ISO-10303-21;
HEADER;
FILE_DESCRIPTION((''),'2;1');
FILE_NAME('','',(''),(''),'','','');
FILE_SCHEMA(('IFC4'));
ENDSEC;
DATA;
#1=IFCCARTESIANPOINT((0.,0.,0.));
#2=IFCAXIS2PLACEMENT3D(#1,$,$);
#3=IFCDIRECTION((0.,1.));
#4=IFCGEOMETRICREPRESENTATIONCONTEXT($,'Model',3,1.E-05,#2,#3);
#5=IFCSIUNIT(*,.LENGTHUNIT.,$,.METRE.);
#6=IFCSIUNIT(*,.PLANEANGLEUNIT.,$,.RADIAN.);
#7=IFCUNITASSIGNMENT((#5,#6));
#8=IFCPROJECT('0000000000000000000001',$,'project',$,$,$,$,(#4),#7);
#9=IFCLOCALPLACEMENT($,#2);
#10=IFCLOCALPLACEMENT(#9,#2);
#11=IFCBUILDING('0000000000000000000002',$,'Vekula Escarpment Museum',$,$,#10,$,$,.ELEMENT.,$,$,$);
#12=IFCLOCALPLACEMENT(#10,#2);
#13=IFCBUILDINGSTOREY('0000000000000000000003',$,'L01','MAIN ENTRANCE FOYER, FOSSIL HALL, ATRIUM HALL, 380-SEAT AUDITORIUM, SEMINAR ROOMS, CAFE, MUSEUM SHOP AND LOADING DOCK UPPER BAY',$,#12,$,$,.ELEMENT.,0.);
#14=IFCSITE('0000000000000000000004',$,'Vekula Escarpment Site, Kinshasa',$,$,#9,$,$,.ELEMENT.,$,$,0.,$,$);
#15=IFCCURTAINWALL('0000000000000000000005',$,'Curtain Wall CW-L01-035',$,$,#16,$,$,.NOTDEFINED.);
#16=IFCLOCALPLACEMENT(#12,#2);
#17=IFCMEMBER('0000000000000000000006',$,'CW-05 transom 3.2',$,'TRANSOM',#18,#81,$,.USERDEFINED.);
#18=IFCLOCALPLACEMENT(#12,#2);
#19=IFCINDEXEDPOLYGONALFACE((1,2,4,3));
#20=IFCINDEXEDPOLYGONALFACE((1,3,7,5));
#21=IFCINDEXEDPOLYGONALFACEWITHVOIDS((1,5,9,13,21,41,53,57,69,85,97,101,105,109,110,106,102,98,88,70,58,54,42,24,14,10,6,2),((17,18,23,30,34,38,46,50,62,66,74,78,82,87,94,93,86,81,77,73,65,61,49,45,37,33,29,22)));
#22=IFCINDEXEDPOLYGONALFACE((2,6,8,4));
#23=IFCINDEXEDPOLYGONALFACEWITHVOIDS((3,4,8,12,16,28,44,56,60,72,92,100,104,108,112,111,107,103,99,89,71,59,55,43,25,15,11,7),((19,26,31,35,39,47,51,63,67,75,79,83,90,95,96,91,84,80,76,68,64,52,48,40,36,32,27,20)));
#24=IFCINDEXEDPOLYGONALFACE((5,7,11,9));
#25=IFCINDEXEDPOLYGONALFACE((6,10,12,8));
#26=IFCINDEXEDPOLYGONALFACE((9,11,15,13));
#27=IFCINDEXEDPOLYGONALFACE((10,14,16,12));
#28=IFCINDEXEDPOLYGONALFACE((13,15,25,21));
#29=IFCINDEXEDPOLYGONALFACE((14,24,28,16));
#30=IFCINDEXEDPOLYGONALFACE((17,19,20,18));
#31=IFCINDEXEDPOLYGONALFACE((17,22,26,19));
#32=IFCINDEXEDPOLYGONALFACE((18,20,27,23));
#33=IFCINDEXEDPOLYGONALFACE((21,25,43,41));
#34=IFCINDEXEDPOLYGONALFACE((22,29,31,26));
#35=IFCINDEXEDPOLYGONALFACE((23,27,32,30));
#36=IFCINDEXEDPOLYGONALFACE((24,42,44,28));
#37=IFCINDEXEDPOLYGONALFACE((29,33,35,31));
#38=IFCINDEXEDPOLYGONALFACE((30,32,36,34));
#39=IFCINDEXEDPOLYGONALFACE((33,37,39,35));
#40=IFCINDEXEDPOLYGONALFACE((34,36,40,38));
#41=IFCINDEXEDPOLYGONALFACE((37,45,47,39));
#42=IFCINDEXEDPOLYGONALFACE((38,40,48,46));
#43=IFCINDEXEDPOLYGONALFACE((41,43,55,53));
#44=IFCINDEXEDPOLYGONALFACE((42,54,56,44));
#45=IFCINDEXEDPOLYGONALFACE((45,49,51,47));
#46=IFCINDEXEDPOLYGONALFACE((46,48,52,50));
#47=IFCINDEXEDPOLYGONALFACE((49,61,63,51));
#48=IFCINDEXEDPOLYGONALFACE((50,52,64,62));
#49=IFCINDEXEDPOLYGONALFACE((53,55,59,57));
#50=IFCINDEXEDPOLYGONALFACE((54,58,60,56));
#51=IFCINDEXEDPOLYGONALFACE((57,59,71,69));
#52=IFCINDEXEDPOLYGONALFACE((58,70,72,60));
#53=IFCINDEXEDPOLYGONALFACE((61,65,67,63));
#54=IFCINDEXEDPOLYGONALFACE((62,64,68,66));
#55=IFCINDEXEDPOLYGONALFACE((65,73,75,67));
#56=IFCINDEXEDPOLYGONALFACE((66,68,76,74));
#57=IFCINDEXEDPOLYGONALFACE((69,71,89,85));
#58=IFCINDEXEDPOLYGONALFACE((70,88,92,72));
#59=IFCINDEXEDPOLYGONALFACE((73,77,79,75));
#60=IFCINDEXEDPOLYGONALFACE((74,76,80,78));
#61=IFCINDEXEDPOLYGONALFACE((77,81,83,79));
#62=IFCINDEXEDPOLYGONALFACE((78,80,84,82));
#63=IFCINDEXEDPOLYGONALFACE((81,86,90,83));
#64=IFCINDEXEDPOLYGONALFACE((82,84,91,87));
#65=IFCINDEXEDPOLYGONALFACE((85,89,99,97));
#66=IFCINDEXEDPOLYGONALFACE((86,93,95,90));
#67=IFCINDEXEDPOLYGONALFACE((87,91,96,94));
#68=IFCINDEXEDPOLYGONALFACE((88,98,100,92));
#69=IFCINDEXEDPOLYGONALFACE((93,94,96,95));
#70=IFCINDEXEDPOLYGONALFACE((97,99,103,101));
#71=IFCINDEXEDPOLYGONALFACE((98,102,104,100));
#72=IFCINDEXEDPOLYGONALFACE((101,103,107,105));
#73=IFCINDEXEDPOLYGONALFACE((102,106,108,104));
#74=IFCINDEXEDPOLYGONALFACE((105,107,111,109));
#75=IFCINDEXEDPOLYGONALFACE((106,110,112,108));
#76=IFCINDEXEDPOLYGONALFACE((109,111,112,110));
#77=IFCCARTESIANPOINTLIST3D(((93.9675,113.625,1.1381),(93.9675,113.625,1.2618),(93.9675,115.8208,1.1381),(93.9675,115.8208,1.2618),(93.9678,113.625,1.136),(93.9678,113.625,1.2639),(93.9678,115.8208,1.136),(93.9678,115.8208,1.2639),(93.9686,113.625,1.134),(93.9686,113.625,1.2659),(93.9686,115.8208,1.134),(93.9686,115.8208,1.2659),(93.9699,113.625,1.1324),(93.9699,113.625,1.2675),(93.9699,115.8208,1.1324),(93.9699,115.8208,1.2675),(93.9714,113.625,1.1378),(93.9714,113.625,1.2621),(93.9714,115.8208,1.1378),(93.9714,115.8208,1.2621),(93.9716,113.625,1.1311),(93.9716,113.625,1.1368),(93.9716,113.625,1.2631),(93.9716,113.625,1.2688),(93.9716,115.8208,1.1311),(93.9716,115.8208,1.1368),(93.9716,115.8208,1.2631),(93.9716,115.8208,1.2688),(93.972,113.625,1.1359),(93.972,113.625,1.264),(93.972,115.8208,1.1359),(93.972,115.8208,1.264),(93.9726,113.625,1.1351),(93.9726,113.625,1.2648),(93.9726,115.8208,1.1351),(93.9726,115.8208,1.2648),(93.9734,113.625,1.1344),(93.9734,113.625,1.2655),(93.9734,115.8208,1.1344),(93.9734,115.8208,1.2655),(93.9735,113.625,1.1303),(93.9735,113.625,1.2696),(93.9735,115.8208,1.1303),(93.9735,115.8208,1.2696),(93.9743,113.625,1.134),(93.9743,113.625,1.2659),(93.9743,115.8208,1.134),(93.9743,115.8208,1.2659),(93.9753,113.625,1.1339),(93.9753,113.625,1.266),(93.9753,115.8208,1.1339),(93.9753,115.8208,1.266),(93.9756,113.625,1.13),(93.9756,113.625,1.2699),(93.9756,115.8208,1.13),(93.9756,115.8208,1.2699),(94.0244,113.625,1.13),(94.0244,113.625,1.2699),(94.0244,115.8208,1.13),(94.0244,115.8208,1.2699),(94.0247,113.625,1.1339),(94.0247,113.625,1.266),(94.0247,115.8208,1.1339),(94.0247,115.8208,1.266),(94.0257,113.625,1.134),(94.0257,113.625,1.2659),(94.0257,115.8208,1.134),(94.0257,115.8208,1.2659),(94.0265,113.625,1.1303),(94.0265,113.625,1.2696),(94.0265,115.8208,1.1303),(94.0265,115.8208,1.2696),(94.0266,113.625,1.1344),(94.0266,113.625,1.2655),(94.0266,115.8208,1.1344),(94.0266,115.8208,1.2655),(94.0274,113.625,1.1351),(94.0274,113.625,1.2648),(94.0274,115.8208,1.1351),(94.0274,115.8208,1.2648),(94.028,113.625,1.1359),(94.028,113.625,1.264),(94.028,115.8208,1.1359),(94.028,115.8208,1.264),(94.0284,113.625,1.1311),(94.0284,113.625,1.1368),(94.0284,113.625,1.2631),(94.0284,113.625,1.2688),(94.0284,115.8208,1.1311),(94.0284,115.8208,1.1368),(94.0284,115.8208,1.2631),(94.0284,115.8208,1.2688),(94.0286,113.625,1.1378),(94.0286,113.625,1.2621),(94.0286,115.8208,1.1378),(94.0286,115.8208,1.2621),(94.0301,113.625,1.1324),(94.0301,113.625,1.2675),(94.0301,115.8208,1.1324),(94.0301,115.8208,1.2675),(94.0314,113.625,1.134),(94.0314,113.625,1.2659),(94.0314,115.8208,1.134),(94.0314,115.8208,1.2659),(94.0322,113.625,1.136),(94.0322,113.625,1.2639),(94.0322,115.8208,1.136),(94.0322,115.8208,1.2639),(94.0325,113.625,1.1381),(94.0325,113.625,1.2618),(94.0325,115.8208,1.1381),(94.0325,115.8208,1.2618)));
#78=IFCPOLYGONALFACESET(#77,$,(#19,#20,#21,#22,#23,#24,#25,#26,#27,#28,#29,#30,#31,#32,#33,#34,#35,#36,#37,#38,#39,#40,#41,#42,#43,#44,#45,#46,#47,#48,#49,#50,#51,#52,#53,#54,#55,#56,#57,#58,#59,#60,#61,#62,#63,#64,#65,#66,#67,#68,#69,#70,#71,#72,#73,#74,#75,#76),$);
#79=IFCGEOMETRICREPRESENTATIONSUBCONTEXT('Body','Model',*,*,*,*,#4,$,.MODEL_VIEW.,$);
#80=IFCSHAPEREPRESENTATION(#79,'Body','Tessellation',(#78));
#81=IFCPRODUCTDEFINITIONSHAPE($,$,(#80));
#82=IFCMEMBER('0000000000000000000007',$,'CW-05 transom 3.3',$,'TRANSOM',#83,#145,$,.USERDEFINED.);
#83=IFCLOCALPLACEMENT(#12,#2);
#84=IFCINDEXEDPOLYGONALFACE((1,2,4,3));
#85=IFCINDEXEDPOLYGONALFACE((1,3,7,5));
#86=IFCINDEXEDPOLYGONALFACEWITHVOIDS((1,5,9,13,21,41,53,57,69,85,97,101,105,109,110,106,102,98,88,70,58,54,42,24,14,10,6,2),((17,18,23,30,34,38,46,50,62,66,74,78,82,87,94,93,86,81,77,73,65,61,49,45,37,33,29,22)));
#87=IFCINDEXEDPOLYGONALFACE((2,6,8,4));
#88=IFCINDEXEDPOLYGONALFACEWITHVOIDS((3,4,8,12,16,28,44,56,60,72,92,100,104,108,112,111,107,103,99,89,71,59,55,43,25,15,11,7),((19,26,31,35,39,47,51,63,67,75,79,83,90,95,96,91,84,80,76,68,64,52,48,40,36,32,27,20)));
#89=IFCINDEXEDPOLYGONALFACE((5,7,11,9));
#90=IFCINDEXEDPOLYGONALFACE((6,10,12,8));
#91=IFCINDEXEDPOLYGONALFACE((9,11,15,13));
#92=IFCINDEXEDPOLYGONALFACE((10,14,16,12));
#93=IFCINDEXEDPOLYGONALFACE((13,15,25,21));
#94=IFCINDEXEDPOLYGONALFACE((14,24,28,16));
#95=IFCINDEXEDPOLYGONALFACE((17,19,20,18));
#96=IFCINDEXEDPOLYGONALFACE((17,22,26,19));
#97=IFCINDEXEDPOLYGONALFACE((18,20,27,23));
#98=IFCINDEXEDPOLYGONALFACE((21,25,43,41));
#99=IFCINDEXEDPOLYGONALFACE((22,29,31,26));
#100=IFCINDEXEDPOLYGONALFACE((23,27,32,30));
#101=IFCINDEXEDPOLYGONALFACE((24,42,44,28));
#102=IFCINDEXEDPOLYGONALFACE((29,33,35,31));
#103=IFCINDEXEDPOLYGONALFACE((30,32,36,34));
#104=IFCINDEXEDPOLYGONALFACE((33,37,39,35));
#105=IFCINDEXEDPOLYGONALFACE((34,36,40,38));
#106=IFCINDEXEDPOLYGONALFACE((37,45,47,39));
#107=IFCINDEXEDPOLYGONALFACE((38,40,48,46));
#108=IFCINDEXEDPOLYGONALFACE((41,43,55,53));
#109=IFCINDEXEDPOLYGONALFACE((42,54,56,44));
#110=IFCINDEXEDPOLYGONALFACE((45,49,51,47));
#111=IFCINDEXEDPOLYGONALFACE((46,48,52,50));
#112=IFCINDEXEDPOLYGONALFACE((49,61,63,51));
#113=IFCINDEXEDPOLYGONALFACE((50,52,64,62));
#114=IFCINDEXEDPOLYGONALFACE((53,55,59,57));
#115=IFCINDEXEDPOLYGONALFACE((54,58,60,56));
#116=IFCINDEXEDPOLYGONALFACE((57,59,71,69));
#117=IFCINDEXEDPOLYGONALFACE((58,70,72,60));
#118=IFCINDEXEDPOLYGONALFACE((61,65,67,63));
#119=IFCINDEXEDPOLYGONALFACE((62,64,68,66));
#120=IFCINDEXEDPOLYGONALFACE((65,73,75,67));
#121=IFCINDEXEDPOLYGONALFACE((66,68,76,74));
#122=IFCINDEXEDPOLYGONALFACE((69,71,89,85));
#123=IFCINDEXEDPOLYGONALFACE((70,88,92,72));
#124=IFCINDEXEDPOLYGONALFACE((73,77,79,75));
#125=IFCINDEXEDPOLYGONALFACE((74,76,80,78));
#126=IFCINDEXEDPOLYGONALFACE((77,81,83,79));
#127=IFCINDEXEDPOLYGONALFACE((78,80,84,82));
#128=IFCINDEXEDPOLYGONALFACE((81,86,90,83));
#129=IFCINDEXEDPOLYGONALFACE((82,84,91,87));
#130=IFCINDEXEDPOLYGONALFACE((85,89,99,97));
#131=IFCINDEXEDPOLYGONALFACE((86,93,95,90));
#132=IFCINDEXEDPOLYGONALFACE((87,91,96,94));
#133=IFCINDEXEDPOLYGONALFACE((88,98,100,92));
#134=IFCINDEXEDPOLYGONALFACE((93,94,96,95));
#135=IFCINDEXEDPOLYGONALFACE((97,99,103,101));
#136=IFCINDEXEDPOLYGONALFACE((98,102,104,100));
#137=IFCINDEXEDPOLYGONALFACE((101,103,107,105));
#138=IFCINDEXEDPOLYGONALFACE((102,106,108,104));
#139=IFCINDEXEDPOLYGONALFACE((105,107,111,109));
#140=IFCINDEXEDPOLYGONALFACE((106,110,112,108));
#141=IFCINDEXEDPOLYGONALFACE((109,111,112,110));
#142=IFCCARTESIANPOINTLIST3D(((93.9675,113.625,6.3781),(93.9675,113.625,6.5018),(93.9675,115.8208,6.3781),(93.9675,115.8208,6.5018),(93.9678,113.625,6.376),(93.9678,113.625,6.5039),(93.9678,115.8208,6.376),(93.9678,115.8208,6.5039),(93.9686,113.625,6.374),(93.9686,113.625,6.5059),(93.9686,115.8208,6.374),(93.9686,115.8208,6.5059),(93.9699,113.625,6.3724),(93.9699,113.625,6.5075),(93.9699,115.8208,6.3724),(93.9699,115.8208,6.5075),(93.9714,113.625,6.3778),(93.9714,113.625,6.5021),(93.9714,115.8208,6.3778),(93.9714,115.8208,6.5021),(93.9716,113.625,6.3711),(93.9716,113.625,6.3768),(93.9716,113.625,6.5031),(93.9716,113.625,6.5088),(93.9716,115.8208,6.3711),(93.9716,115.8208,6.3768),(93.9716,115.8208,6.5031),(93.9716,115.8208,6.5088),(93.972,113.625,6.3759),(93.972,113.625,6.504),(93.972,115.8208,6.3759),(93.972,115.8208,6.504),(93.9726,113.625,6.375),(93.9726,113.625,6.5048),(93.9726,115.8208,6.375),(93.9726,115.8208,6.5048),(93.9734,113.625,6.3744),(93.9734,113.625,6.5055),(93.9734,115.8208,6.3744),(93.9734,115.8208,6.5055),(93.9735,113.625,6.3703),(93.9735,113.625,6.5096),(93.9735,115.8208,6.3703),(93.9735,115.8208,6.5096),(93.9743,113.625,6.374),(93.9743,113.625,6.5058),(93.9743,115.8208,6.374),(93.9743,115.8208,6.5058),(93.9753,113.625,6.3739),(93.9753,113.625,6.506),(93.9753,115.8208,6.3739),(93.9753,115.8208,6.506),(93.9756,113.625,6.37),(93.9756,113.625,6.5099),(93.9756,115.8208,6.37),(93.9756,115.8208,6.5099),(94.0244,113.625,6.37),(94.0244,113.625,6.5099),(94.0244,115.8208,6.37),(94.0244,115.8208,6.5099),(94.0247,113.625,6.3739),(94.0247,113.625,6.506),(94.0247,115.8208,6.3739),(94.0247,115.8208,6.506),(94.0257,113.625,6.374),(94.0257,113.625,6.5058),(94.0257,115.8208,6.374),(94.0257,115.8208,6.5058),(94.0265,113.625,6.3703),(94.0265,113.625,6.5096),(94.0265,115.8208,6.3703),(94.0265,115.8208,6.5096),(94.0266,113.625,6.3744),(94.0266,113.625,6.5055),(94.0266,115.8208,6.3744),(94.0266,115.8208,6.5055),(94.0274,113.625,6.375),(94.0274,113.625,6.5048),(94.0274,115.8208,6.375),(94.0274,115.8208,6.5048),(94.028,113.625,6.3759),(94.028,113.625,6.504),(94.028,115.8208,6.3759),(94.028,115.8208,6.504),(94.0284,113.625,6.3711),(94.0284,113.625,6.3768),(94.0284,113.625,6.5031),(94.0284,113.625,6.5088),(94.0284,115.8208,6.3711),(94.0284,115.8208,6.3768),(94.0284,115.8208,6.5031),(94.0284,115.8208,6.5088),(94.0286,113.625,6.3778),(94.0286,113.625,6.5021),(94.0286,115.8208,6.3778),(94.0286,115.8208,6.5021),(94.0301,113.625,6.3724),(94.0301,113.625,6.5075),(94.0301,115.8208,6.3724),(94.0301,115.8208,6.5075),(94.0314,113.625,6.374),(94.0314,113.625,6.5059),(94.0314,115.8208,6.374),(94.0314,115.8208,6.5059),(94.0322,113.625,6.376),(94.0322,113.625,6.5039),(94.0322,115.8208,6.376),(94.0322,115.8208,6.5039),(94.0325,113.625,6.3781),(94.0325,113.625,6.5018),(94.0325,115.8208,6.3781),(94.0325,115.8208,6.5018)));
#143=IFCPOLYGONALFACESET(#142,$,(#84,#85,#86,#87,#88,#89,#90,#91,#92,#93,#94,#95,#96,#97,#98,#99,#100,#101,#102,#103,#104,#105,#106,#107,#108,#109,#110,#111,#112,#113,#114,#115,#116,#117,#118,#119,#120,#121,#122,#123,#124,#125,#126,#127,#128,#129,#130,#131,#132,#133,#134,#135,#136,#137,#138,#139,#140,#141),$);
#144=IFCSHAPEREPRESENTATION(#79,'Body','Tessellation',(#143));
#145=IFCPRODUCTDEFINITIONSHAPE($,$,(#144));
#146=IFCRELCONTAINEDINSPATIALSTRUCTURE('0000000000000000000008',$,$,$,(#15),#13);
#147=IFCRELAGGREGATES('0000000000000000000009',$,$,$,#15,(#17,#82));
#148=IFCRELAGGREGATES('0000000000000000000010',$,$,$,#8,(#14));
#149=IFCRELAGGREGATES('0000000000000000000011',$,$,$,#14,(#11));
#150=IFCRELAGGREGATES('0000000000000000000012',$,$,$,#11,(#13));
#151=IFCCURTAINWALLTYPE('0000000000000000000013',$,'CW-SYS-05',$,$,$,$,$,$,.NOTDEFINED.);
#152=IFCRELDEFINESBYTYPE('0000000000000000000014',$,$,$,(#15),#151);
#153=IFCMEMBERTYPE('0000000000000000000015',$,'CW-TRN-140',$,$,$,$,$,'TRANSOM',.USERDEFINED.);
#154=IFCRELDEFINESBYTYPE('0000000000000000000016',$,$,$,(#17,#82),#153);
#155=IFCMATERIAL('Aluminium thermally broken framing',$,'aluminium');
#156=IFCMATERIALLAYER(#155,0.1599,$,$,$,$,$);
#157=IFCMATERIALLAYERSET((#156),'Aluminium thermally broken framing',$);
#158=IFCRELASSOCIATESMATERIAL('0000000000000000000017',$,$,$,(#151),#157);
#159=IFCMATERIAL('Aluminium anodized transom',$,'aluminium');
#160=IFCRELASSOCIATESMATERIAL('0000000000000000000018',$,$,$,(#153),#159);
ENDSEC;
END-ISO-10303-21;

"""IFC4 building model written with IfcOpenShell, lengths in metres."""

from ifc_helpers import new_model, si_unit, direction, frame, origin, origin_2d, place, context, subcontext, project, spatial, hollow_rectangle, extrude, material, layer, layer_set, material_profile, profile_set, type_object, element, aggregate, save


model = new_model("IFC4")

# Units and contexts
model_context = context("Model", 3, precision=1e-05, world=origin(), true_north=direction((0.0, 1.0)))
body_context = subcontext(model_context, "Body", "Model", "MODEL_VIEW")
ifc_project = project(units=[si_unit("LENGTHUNIT", "METRE"), si_unit("PLANEANGLEUNIT", "RADIAN")], contexts=[model_context])

# Site, building, storey
site_placement = place(None, origin())
site = spatial("IfcSite", under=ifc_project, at=site_placement, Name="Vekula Escarpment Site, Kinshasa", CompositionType="ELEMENT", RefElevation=0.0)
building_placement = place(site_placement, origin())
building = spatial("IfcBuilding", under=site, at=building_placement, Name="Vekula Escarpment Museum", CompositionType="ELEMENT")
storey_placement = place(building_placement, origin())
storey = spatial("IfcBuildingStorey", under=building, at=storey_placement, Name="L01", Description="MAIN ENTRANCE FOYER, FOSSIL HALL, ATRIUM HALL, 380-SEAT AUDITORIUM, SEMINAR ROOMS, CAFE, MUSEUM SHOP AND LOADING DOCK UPPER BAY", CompositionType="ELEMENT", Elevation=0.0)

# Curtain wall
ifc_material_1 = material(Name="Aluminium thermally broken framing", Category="aluminium")
ifc_layer_1 = layer(ifc_material_1, 0.1599)
ifc_layer_set_1 = layer_set([ifc_layer_1], Name="Aluminium thermally broken framing")
curtain_wall_type_1 = type_object("IfcCurtainWallType", Name="CW-SYS-05", PredefinedType="NOTDEFINED", material=ifc_layer_set_1)
curtain_wall_1_placement = place(storey_placement, origin())
curtain_wall_1 = element("IfcCurtainWall", 1, at=curtain_wall_1_placement, inside=storey, type_object=curtain_wall_type_1, Name="Curtain Wall CW-L01-035", PredefinedType="NOTDEFINED")

# Members
ifc_material_2 = material(Name="Aluminium anodized transom", Category="aluminium")
ifc_material_profile_1 = material_profile(ifc_material_2, hollow_rectangle(XDim=0.0649, YDim=0.1399, WallThickness=0.0039, InnerFilletRadius=0.0039, OuterFilletRadius=0.0081, at=origin_2d()), Name="ALU 140x65x4")
ifc_profile_set_1 = profile_set([ifc_material_profile_1], Name="Aluminium anodized transom")
member_type_1 = type_object("IfcMemberType", Name="CW-TRN-140", ElementType="TRANSOM", PredefinedType="USERDEFINED", material=ifc_profile_set_1)
member_1_placement = place(storey_placement, frame((94.0, 115.8208, 1.2), z_axis=(0.0, -1.0, 0.0), x_axis=(1.0, 0.0, 0.0)))
member_1 = element("IfcMember", 2, at=member_1_placement, type_object=member_type_1, Name="CW-05 transom 3.2", ObjectType="TRANSOM", PredefinedType="USERDEFINED", context=body_context, shape_type="SweptSolid", body=[
    extrude(hollow_rectangle(XDim=0.0649, YDim=0.1399, WallThickness=0.0039, InnerFilletRadius=0.0039, OuterFilletRadius=0.0081, at=origin_2d()), origin(), (0.0, 0.0, 1.0), 2.1958),
])
member_2_placement = place(storey_placement, frame((94.0, 115.8208, 6.4399), z_axis=(0.0, -1.0, 0.0), x_axis=(1.0, 0.0, 0.0)))
member_2 = element("IfcMember", 3, at=member_2_placement, type_object=member_type_1, Name="CW-05 transom 3.3", ObjectType="TRANSOM", PredefinedType="USERDEFINED", context=body_context, shape_type="SweptSolid", body=[
    extrude(hollow_rectangle(XDim=0.0649, YDim=0.1399, WallThickness=0.0039, InnerFilletRadius=0.0039, OuterFilletRadius=0.0081, at=origin_2d()), origin(), (0.0, 0.0, 1.0), 2.1958),
])

aggregate(curtain_wall_1, [member_1, member_2])

save(model, "model.ifc")
